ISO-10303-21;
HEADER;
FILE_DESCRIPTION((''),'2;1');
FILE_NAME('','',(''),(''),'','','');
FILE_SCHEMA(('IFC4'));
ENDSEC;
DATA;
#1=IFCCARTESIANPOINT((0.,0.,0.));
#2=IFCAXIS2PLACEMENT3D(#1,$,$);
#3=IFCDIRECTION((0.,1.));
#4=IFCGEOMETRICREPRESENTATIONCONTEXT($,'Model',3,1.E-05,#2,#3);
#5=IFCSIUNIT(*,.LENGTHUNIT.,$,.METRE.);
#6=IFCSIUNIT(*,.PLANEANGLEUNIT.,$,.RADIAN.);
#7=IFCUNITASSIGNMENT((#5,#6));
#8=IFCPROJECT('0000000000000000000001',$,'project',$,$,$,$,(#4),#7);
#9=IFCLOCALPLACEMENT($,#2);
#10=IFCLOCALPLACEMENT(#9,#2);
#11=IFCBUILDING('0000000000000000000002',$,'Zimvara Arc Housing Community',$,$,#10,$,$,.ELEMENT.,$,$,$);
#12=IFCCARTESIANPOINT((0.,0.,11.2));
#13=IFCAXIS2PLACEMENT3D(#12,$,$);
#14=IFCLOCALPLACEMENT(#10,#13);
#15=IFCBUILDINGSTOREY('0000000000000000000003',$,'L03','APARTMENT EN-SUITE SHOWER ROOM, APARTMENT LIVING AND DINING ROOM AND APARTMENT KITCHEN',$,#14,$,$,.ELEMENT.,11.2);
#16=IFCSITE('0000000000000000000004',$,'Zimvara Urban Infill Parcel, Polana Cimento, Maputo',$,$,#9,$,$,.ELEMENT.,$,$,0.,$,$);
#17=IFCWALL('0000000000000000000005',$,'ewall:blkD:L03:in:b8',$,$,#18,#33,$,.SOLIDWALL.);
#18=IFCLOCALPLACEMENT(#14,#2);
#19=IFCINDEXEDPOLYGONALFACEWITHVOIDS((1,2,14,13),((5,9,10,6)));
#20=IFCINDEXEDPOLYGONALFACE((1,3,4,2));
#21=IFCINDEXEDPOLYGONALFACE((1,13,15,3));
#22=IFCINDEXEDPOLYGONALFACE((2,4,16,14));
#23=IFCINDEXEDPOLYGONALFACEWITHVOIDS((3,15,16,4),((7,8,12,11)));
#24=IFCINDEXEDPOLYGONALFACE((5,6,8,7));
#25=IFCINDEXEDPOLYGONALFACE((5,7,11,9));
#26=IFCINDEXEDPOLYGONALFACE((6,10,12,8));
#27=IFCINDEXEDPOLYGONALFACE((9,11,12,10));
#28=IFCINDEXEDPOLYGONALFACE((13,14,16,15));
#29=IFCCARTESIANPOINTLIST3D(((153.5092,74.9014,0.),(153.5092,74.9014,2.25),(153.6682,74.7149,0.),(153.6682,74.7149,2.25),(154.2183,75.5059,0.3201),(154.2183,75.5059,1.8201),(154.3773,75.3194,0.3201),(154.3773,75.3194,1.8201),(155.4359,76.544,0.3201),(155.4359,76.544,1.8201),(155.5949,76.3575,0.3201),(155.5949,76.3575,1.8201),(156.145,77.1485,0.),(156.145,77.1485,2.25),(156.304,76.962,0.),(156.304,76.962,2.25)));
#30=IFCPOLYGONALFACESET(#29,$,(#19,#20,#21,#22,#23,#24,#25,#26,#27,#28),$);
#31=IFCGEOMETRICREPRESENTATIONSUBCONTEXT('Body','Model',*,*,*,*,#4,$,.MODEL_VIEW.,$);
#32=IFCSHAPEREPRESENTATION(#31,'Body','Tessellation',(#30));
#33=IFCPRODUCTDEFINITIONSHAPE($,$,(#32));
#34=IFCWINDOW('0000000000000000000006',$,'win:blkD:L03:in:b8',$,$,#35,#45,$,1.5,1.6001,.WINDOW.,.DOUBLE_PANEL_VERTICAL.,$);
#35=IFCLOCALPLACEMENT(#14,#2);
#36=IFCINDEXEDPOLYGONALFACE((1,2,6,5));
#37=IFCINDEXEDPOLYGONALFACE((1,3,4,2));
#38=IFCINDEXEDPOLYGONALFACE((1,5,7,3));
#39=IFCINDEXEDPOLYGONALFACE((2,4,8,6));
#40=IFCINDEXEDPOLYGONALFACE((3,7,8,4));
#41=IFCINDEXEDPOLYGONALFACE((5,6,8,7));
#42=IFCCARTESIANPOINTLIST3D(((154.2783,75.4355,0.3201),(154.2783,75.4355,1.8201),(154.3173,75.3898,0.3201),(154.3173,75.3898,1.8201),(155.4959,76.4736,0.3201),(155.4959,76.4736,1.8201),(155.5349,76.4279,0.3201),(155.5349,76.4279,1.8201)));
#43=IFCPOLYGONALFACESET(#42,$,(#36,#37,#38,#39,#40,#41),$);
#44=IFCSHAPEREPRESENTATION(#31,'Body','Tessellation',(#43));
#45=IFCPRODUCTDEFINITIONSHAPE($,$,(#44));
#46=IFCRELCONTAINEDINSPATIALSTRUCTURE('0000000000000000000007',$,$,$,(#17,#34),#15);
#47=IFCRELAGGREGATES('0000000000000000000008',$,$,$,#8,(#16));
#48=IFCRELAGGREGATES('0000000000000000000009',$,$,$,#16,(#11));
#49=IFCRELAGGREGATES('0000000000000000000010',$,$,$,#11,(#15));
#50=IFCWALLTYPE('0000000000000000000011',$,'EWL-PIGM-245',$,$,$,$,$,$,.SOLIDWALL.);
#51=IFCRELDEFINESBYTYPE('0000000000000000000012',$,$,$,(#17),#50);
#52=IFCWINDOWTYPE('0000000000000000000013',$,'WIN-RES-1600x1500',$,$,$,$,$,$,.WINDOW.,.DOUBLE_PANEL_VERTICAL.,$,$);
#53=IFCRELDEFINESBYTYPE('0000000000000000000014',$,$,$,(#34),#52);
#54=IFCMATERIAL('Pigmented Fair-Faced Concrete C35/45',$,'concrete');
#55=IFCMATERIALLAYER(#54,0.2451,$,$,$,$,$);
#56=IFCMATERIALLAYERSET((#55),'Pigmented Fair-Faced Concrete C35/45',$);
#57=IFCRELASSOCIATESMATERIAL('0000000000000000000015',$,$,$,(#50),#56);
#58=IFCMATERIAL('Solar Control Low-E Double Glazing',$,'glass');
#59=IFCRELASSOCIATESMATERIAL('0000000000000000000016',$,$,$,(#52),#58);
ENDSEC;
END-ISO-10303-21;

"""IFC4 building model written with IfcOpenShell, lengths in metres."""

from ifc_helpers import new_model, si_unit, direction, frame, frame_2d, origin, place, context, subcontext, project, spatial, rectangle, extrude, material, layer, layer_set, type_object, element, fill, save


model = new_model("IFC4")

# Units and contexts
model_context = context("Model", 3, precision=1e-05, world=origin(), true_north=direction((0.0, 1.0)))
body_context = subcontext(model_context, "Body", "Model", "MODEL_VIEW")
ifc_project = project(units=[si_unit("LENGTHUNIT", "METRE"), si_unit("PLANEANGLEUNIT", "RADIAN")], contexts=[model_context])

# Site, building, storey
site_placement = place(None, origin())
site = spatial("IfcSite", under=ifc_project, at=site_placement, Name="Zimvara Urban Infill Parcel, Polana Cimento, Maputo", CompositionType="ELEMENT", RefElevation=0.0)
building_placement = place(site_placement, origin())
building = spatial("IfcBuilding", under=site, at=building_placement, Name="Zimvara Arc Housing Community", CompositionType="ELEMENT")
storey_placement = place(building_placement, frame((0.0, 0.0, 11.2)))
storey = spatial("IfcBuildingStorey", under=building, at=storey_placement, Name="L03", Description="APARTMENT EN-SUITE SHOWER ROOM, APARTMENT LIVING AND DINING ROOM AND APARTMENT KITCHEN", CompositionType="ELEMENT", Elevation=11.2)

# Wall, opening, window
ifc_material_1 = material(Name="Pigmented Fair-Faced Concrete C35/45", Category="concrete")
ifc_layer_1 = layer(ifc_material_1, 0.2451)
ifc_layer_set_1 = layer_set([ifc_layer_1], Name="Pigmented Fair-Faced Concrete C35/45")
wall_type = type_object("IfcWallType", Name="EWL-PIGM-245", PredefinedType="SOLIDWALL", material=ifc_layer_set_1)
wall_placement = place(storey_placement, frame((153.5886, 74.8081, 0.0), z_axis=(0.0, 0.0, 1.0), x_axis=(0.760985, 0.648769, 0.0)))
wall = element("IfcWall", 1, at=wall_placement, inside=storey, type_object=wall_type, Name="ewall:blkD:L03:in:b8", PredefinedType="SOLIDWALL", context=body_context, shape_type="SweptSolid", body=[
    extrude(rectangle(XDim=3.4636, YDim=0.2451, at=frame_2d((1.7319, 0.0))), origin(), (0.0, 0.0, 1.0), 2.25),
])
opening_placement = place(wall_placement, frame((0.9319, 0.0, 0.3201)))
opening = element("IfcOpeningElement", 2, at=opening_placement, cuts=wall, PredefinedType="OPENING", context=body_context, shape_type="SweptSolid", body=[
    extrude(rectangle(XDim=1.6001, YDim=1.5, at=frame_2d((0.8, 0.75))), frame((0.0, 0.1326, 0.0), z_axis=(0.0, -1.0, 0.0), x_axis=(1.0, 0.0, 0.0)), (0.0, 0.0, 1.0), 0.2651),
])
ifc_material_2 = material(Name="Solar Control Low-E Double Glazing", Category="glass")
window_type = type_object("IfcWindowType", Name="WIN-RES-1600x1500", PartitioningType="DOUBLE_PANEL_VERTICAL", PredefinedType="WINDOW", material=ifc_material_2)
window_placement = place(opening_placement, origin())
window = element("IfcWindow", 3, at=window_placement, inside=storey, type_object=window_type, Name="win:blkD:L03:in:b8", OverallHeight=1.5, OverallWidth=1.6001, PartitioningType="DOUBLE_PANEL_VERTICAL", PredefinedType="WINDOW", context=body_context, shape_type="SweptSolid", body=[
    extrude(rectangle(XDim=1.6001, YDim=1.5, at=frame_2d((0.8, 0.75))), frame((0.0, 0.03, 0.0), z_axis=(0.0, -1.0, 0.0), x_axis=(1.0, 0.0, 0.0)), (0.0, 0.0, 1.0), 0.0601),
])
fill(opening, window)

save(model, "model.ifc")
